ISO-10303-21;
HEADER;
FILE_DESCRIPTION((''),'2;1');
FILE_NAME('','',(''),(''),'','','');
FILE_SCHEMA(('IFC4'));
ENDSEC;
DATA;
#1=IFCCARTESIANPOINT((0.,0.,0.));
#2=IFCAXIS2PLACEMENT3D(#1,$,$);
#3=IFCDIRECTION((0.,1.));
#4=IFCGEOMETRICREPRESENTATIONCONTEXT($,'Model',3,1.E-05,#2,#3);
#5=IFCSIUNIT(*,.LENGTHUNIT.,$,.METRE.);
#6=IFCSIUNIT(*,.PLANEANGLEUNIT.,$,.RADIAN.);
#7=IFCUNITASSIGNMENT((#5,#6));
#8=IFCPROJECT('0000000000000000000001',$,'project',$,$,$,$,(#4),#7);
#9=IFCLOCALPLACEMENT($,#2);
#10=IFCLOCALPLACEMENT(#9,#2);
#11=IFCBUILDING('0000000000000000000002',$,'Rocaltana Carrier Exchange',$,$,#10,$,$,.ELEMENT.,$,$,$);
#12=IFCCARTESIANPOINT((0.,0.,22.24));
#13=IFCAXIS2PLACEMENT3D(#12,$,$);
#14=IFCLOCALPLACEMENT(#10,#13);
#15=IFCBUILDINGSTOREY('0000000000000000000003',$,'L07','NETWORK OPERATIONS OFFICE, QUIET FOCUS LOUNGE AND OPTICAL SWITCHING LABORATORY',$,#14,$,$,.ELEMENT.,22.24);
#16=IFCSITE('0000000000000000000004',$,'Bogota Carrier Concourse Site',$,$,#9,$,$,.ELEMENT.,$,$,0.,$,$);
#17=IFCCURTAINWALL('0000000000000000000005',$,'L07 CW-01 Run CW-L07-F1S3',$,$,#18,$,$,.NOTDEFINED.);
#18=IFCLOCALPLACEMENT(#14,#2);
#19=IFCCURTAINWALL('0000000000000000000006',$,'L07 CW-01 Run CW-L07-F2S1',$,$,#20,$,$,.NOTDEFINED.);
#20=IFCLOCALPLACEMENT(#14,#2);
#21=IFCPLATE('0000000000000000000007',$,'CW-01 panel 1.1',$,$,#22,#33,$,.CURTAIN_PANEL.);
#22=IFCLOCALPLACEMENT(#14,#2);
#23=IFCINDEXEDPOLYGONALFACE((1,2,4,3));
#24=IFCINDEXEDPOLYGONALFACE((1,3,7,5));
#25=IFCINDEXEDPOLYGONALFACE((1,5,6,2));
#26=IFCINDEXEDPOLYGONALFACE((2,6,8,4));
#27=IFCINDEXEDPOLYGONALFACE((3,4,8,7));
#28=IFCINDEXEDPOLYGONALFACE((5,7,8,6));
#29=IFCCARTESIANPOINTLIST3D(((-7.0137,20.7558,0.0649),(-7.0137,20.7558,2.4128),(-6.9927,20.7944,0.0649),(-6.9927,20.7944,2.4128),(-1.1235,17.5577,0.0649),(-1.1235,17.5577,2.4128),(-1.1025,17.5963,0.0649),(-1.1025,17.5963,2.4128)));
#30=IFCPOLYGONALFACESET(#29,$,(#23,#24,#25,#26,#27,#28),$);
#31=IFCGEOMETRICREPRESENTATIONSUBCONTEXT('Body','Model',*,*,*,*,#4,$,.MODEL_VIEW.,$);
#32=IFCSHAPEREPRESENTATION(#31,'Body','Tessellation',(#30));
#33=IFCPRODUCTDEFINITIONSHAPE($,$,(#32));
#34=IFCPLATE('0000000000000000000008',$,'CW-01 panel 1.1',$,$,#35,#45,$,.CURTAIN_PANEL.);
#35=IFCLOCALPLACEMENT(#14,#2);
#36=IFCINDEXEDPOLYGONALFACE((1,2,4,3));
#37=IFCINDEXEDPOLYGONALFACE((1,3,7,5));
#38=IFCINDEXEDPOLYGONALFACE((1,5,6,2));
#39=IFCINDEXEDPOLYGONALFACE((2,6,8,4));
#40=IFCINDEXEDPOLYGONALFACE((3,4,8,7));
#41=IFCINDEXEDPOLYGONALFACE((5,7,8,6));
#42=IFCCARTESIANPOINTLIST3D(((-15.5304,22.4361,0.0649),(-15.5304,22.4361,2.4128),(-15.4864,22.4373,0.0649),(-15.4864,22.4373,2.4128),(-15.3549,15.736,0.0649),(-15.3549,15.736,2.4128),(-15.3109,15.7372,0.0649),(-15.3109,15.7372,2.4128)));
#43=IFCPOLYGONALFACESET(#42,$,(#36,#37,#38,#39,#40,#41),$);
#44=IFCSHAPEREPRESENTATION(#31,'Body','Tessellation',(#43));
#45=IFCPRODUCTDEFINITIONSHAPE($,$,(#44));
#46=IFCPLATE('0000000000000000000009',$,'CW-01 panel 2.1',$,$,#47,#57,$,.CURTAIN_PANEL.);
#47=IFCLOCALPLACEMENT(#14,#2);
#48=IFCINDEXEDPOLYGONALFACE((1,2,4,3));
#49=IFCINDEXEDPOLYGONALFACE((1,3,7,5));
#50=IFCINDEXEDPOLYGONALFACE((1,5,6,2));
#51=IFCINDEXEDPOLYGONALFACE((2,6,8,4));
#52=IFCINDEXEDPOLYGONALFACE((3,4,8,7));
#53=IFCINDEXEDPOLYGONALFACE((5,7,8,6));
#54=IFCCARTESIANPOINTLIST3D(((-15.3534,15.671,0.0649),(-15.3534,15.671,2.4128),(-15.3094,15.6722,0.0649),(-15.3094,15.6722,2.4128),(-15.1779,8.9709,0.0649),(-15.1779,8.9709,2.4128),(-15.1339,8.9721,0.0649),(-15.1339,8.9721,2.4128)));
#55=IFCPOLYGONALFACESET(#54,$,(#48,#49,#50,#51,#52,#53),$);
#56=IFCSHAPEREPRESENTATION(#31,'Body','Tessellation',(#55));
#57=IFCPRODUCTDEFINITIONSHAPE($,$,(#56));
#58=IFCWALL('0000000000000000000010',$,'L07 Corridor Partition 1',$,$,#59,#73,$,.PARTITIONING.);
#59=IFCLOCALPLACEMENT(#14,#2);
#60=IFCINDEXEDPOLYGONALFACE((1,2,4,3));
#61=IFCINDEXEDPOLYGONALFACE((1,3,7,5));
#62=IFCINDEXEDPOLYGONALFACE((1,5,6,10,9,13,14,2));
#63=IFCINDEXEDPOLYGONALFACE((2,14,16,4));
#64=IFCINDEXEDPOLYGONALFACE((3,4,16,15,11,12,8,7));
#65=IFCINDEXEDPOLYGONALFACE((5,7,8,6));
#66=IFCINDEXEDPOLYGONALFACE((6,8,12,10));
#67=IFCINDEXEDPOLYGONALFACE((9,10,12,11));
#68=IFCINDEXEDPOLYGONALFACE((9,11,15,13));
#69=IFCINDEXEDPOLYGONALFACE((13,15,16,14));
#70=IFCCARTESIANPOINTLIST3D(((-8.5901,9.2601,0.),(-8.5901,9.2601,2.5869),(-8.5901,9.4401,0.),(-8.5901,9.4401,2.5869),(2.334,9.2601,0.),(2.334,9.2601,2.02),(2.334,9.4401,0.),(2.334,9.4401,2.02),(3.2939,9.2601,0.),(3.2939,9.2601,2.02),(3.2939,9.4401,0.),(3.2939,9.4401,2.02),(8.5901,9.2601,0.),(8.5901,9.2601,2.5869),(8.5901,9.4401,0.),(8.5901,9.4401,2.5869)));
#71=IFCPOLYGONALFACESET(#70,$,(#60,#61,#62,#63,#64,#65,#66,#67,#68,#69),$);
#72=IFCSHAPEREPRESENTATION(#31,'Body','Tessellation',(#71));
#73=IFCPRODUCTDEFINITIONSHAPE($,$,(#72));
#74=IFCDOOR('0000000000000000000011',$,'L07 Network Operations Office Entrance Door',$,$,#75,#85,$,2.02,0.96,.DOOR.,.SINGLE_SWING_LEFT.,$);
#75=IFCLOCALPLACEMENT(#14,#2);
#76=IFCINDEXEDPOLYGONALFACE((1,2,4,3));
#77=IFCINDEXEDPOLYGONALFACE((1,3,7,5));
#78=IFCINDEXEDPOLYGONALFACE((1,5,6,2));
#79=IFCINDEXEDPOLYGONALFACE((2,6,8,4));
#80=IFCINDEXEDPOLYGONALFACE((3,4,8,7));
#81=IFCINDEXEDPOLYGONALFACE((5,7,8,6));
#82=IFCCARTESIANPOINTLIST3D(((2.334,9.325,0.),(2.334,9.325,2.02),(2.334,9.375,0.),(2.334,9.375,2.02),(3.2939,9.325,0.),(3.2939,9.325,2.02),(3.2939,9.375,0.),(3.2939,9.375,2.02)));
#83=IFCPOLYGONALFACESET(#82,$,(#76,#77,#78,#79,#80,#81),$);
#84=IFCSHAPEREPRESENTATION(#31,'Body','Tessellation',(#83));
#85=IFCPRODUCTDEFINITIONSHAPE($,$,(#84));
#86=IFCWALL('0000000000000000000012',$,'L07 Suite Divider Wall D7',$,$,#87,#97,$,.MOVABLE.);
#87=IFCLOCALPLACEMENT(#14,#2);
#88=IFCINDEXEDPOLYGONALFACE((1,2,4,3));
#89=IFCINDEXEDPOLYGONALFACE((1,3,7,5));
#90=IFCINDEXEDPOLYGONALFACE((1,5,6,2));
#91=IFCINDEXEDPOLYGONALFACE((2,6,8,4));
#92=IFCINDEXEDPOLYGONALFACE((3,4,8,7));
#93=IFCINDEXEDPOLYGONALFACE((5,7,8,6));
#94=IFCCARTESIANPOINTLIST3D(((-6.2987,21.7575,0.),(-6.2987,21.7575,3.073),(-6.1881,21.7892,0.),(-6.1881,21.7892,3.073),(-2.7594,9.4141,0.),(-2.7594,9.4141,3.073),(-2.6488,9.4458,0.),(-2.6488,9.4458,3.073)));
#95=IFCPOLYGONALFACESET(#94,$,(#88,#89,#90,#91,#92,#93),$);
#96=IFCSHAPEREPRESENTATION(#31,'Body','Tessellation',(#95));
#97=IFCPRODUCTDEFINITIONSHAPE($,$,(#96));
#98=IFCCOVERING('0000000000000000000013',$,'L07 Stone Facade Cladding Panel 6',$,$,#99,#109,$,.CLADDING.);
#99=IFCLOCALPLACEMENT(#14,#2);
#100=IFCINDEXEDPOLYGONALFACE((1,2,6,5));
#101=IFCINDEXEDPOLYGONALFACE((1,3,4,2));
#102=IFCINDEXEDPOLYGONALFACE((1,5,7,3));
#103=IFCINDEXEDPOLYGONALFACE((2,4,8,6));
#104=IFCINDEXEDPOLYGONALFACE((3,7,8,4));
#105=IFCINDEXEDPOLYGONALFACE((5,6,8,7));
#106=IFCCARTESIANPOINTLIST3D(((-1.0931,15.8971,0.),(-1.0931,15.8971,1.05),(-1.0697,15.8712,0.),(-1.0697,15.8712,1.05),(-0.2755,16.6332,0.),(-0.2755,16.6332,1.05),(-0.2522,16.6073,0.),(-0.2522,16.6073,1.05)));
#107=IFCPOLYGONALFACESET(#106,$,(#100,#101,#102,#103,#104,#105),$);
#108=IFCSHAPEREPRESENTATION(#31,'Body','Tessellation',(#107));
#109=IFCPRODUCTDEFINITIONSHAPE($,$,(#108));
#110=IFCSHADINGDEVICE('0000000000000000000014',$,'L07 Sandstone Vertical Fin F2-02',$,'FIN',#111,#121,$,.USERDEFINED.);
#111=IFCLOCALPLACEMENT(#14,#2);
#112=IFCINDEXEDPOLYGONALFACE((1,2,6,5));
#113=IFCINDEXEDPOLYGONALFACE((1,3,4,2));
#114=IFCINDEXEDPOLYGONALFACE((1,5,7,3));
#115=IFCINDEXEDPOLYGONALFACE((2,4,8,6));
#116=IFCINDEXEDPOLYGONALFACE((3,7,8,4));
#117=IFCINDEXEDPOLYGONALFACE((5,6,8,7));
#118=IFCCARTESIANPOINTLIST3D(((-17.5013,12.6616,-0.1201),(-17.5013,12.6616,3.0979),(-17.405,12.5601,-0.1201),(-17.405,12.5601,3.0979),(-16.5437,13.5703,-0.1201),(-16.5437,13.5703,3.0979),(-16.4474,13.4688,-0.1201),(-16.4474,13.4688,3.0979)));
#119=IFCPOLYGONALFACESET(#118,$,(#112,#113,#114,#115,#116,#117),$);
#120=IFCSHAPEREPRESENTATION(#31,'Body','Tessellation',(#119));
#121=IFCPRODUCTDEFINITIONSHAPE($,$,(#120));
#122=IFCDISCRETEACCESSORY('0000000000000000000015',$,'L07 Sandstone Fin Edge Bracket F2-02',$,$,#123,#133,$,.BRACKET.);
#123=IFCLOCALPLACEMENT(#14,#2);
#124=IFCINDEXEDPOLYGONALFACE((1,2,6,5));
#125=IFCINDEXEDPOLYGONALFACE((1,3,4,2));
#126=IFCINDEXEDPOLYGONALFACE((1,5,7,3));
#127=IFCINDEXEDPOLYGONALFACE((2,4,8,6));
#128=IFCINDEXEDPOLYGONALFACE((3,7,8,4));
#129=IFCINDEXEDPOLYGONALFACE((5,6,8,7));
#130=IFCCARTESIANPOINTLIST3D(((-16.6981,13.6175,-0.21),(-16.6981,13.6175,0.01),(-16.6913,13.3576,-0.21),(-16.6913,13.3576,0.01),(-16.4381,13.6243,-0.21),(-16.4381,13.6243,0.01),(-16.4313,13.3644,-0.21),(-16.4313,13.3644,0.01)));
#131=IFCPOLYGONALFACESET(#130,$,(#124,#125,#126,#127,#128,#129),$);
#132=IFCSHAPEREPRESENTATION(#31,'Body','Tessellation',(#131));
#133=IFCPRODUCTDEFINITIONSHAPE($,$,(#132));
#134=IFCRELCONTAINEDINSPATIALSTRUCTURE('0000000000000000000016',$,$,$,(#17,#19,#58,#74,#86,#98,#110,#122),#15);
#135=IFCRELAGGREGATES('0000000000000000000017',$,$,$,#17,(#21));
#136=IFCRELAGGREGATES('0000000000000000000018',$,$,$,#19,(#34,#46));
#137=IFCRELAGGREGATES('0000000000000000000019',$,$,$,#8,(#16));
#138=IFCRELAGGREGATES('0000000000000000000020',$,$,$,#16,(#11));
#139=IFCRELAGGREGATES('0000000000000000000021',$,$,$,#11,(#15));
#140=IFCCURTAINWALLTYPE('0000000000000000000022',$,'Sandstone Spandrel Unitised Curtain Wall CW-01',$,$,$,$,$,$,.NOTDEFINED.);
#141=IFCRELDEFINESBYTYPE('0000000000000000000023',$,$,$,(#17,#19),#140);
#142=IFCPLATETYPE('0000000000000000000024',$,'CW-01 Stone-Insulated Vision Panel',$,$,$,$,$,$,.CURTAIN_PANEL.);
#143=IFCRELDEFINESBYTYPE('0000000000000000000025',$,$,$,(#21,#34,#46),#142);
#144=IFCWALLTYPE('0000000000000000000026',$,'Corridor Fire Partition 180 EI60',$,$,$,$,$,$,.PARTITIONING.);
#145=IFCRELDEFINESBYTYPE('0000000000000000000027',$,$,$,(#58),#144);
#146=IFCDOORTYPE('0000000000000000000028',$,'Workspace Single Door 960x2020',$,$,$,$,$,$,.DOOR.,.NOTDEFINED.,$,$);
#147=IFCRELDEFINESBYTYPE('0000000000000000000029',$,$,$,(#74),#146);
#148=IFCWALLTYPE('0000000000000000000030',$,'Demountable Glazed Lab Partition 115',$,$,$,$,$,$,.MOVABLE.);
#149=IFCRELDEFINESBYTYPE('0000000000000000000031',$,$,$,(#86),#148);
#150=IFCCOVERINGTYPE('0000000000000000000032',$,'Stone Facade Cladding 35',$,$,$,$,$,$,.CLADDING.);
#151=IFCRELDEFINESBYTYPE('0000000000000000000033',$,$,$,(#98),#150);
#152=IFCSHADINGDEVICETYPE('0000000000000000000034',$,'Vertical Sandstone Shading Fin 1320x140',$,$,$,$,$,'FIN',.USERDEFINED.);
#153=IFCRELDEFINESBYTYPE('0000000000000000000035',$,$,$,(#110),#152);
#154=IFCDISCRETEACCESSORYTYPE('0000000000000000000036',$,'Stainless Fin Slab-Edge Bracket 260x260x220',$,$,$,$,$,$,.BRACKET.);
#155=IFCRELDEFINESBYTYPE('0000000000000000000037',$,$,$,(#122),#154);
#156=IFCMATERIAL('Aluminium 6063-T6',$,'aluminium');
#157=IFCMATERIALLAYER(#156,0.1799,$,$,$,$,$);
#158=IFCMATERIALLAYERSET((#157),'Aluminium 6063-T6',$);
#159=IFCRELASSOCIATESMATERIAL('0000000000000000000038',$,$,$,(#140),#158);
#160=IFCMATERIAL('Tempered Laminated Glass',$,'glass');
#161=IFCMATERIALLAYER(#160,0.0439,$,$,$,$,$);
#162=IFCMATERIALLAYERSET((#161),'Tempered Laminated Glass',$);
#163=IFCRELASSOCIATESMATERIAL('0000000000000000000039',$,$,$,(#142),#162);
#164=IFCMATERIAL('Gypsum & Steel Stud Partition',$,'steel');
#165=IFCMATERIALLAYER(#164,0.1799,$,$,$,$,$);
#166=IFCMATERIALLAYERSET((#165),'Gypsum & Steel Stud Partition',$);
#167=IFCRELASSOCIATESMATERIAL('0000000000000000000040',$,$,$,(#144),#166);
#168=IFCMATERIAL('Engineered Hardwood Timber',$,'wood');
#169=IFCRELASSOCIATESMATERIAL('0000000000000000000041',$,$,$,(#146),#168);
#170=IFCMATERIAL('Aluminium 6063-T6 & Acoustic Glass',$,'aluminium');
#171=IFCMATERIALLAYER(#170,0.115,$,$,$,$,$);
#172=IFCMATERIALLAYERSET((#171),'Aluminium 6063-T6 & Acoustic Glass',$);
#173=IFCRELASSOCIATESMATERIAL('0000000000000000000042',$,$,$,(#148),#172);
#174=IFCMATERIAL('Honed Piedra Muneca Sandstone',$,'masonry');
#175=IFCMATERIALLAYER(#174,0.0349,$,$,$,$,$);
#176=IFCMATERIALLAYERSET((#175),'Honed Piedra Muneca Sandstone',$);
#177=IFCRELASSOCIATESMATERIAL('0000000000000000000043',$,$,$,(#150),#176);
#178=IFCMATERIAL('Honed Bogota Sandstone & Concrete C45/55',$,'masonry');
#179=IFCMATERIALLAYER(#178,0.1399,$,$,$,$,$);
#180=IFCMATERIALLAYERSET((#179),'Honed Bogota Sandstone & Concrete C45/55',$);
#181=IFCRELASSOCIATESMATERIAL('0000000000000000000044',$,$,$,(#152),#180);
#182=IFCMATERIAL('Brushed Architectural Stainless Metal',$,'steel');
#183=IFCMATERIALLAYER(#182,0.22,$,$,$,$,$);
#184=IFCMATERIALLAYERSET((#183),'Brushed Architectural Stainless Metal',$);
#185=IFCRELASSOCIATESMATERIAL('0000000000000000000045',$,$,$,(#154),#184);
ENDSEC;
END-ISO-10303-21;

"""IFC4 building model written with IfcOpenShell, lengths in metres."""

from ifc_helpers import new_model, si_unit, direction, frame, frame_2d, origin, origin_2d, place, context, subcontext, project, spatial, rectangle, extrude, material, layer, layer_set, type_object, element, fill, aggregate, save


model = new_model("IFC4")

# Units and contexts
model_context = context("Model", 3, precision=1e-05, world=origin(), true_north=direction((0.0, 1.0)))
body_context = subcontext(model_context, "Body", "Model", "MODEL_VIEW")
ifc_project = project(units=[si_unit("LENGTHUNIT", "METRE"), si_unit("PLANEANGLEUNIT", "RADIAN")], contexts=[model_context])

# Site, building, storey
site_placement = place(None, origin())
site = spatial("IfcSite", under=ifc_project, at=site_placement, Name="Bogota Carrier Concourse Site", CompositionType="ELEMENT", RefElevation=0.0)
building_placement = place(site_placement, origin())
building = spatial("IfcBuilding", under=site, at=building_placement, Name="Rocaltana Carrier Exchange", CompositionType="ELEMENT")
storey_placement = place(building_placement, frame((0.0, 0.0, 22.24)))
storey = spatial("IfcBuildingStorey", under=building, at=storey_placement, Name="L07", Description="NETWORK OPERATIONS OFFICE, QUIET FOCUS LOUNGE AND OPTICAL SWITCHING LABORATORY", CompositionType="ELEMENT", Elevation=22.24)

# Curtain wall
ifc_material_1 = material(Name="Aluminium 6063-T6", Category="aluminium")
ifc_layer_1 = layer(ifc_material_1, 0.1799)
ifc_layer_set_1 = layer_set([ifc_layer_1], Name="Aluminium 6063-T6")
curtain_wall_type = type_object("IfcCurtainWallType", Name="Sandstone Spandrel Unitised Curtain Wall CW-01", PredefinedType="NOTDEFINED", material=ifc_layer_set_1)
curtain_wall_1_placement = place(storey_placement, origin())
curtain_wall_1 = element("IfcCurtainWall", 1, at=curtain_wall_1_placement, inside=storey, type_object=curtain_wall_type, Name="L07 CW-01 Run CW-L07-F1S3", PredefinedType="NOTDEFINED")

# Curtain wall
curtain_wall_2_placement = place(storey_placement, origin())
curtain_wall_2 = element("IfcCurtainWall", 2, at=curtain_wall_2_placement, inside=storey, type_object=curtain_wall_type, Name="L07 CW-01 Run CW-L07-F2S1", PredefinedType="NOTDEFINED")

# Plates
ifc_material_2 = material(Name="Tempered Laminated Glass", Category="glass")
ifc_layer_2 = layer(ifc_material_2, 0.0439)
ifc_layer_set_2 = layer_set([ifc_layer_2], Name="Tempered Laminated Glass")
plate_type = type_object("IfcPlateType", Name="CW-01 Stone-Insulated Vision Panel", PredefinedType="CURTAIN_PANEL", material=ifc_layer_set_2)
plate_1_placement = place(storey_placement, frame((-4.0581, 19.176, 0.0649), z_axis=(0.0, 0.0, 1.0), x_axis=(-0.878819, 0.477156, 0.0)))
plate_1 = element("IfcPlate", 3, at=plate_1_placement, type_object=plate_type, Name="CW-01 panel 1.1", PredefinedType="CURTAIN_PANEL", context=body_context, shape_type="SweptSolid", body=[
    extrude(rectangle(XDim=6.7024, YDim=0.0439, at=origin_2d()), origin(), (0.0, 0.0, 1.0), 2.3479),
])
aggregate(curtain_wall_1, [plate_1])
plate_2_placement = place(storey_placement, frame((-15.4207, 19.0867, 0.0649), z_axis=(0.0, 0.0, 1.0), x_axis=(0.026184, -0.999657, 0.0)))
plate_2 = element("IfcPlate", 4, at=plate_2_placement, type_object=plate_type, Name="CW-01 panel 1.1", PredefinedType="CURTAIN_PANEL", context=body_context, shape_type="SweptSolid", body=[
    extrude(rectangle(XDim=6.7024, YDim=0.0439, at=origin_2d()), origin(), (0.0, 0.0, 1.0), 2.3479),
])
plate_3_placement = place(storey_placement, frame((-15.2437, 12.3215, 0.0649), z_axis=(0.0, 0.0, 1.0), x_axis=(0.026184, -0.999657, 0.0)))
plate_3 = element("IfcPlate", 5, at=plate_3_placement, type_object=plate_type, Name="CW-01 panel 2.1", PredefinedType="CURTAIN_PANEL", context=body_context, shape_type="SweptSolid", body=[
    extrude(rectangle(XDim=6.7024, YDim=0.0439, at=origin_2d()), origin(), (0.0, 0.0, 1.0), 2.3479),
])
aggregate(curtain_wall_2, [plate_2, plate_3])

# Wall, opening, door
ifc_material_3 = material(Name="Gypsum & Steel Stud Partition", Category="steel")
ifc_layer_3 = layer(ifc_material_3, 0.1799)
ifc_layer_set_3 = layer_set([ifc_layer_3], Name="Gypsum & Steel Stud Partition")
wall_type_1 = type_object("IfcWallType", Name="Corridor Fire Partition 180 EI60", PredefinedType="PARTITIONING", material=ifc_layer_set_3)
wall_1_placement = place(storey_placement, frame((-8.5901, 9.3501, 0.0), z_axis=(0.0, 0.0, 1.0), x_axis=(1.0, 0.0, 0.0)))
wall_1 = element("IfcWall", 6, at=wall_1_placement, inside=storey, type_object=wall_type_1, Name="L07 Corridor Partition 1", PredefinedType="PARTITIONING", context=body_context, shape_type="SweptSolid", body=[
    extrude(rectangle(XDim=17.1802, YDim=0.1799, at=frame_2d((8.5901, 0.0))), origin(), (0.0, 0.0, 1.0), 2.5869),
])
opening_placement = place(wall_1_placement, frame((10.9241, 0.0, 0.0)))
opening = element("IfcOpeningElement", 7, at=opening_placement, cuts=wall_1, PredefinedType="OPENING", context=body_context, shape_type="SweptSolid", body=[
    extrude(rectangle(XDim=0.96, YDim=2.02, at=frame_2d((0.48, 1.01))), frame((0.0, 0.0999, 0.0), z_axis=(0.0, -1.0, 0.0), x_axis=(1.0, 0.0, 0.0)), (0.0, 0.0, 1.0), 0.2),
])
ifc_material_4 = material(Name="Engineered Hardwood Timber", Category="wood")
door_type = type_object("IfcDoorType", Name="Workspace Single Door 960x2020", OperationType="NOTDEFINED", PredefinedType="DOOR", material=ifc_material_4)
door_placement = place(opening_placement, origin())
door = element("IfcDoor", 8, at=door_placement, inside=storey, type_object=door_type, Name="L07 Network Operations Office Entrance Door", OperationType="SINGLE_SWING_LEFT", OverallHeight=2.02, OverallWidth=0.96, PredefinedType="DOOR", context=body_context, shape_type="SweptSolid", body=[
    extrude(rectangle(XDim=0.96, YDim=2.02, at=frame_2d((0.48, 1.01))), frame((0.0, 0.0249, 0.0), z_axis=(0.0, -1.0, 0.0), x_axis=(1.0, 0.0, 0.0)), (0.0, 0.0, 1.0), 0.05),
])
fill(opening, door)

# Wall
ifc_material_5 = material(Name="Aluminium 6063-T6 & Acoustic Glass", Category="aluminium")
ifc_layer_4 = layer(ifc_material_5, 0.115)
ifc_layer_set_4 = layer_set([ifc_layer_4], Name="Aluminium 6063-T6 & Acoustic Glass")
wall_type_2 = type_object("IfcWallType", Name="Demountable Glazed Lab Partition 115", PredefinedType="MOVABLE", material=ifc_layer_set_4)
wall_2_placement = place(storey_placement, frame((-2.7041, 9.4299, 0.0), z_axis=(0.0, 0.0, 1.0), x_axis=(-0.275628, 0.961265, 0.0)))
element("IfcWall", 9, at=wall_2_placement, inside=storey, type_object=wall_type_2, Name="L07 Suite Divider Wall D7", PredefinedType="MOVABLE", context=body_context, shape_type="SweptSolid", body=[
    extrude(rectangle(XDim=12.8408, YDim=0.115, at=frame_2d((6.4204, 0.0))), origin(), (0.0, 0.0, 1.0), 3.073),
])

# Covering
ifc_material_6 = material(Name="Honed Piedra Muneca Sandstone", Category="masonry")
ifc_layer_5 = layer(ifc_material_6, 0.0349)
ifc_layer_set_5 = layer_set([ifc_layer_5], Name="Honed Piedra Muneca Sandstone")
covering_type = type_object("IfcCoveringType", Name="Stone Facade Cladding 35", PredefinedType="CLADDING", material=ifc_layer_set_5)
covering_placement = place(storey_placement, frame((-0.6726, 16.2522, 0.0), z_axis=(0.0, 0.0, 1.0), x_axis=(0.743145, 0.669131, 0.0)))
element("IfcCovering", 10, at=covering_placement, inside=storey, type_object=covering_type, Name="L07 Stone Facade Cladding Panel 6", PredefinedType="CLADDING", context=body_context, shape_type="SweptSolid", body=[
    extrude(rectangle(XDim=1.1001, YDim=0.0349, at=origin_2d()), origin(), (0.0, 0.0, 1.0), 1.05),
])

# Shading device
ifc_material_7 = material(Name="Honed Bogota Sandstone & Concrete C45/55", Category="masonry")
ifc_layer_6 = layer(ifc_material_7, 0.1399)
ifc_layer_set_6 = layer_set([ifc_layer_6], Name="Honed Bogota Sandstone & Concrete C45/55")
shading_device_type = type_object("IfcShadingDeviceType", Name="Vertical Sandstone Shading Fin 1320x140", ElementType="FIN", PredefinedType="USERDEFINED", material=ifc_layer_set_6)
shading_device_placement = place(storey_placement, frame((-16.9744, 13.0652, -0.1201), z_axis=(0.0, 0.0, 1.0), x_axis=(-0.725374, -0.688355, 0.0)))
element("IfcShadingDevice", 11, at=shading_device_placement, inside=storey, type_object=shading_device_type, Name="L07 Sandstone Vertical Fin F2-02", ObjectType="FIN", PredefinedType="USERDEFINED", context=body_context, shape_type="SweptSolid", body=[
    extrude(rectangle(XDim=1.3201, YDim=0.1399, at=origin_2d()), origin(), (0.0, 0.0, 1.0), 3.218),
])

# Discrete accessory
ifc_material_8 = material(Name="Brushed Architectural Stainless Metal", Category="steel")
ifc_layer_7 = layer(ifc_material_8, 0.22)
ifc_layer_set_7 = layer_set([ifc_layer_7], Name="Brushed Architectural Stainless Metal")
discrete_accessory_type = type_object("IfcDiscreteAccessoryType", Name="Stainless Fin Slab-Edge Bracket 260x260x220", PredefinedType="BRACKET", material=ifc_layer_set_7)
discrete_accessory_placement = place(storey_placement, frame((-16.5647, 13.491, -0.21), z_axis=(0.0, 0.0, 1.0), x_axis=(0.026177, -0.999657, 0.0)))
element("IfcDiscreteAccessory", 12, at=discrete_accessory_placement, inside=storey, type_object=discrete_accessory_type, Name="L07 Sandstone Fin Edge Bracket F2-02", PredefinedType="BRACKET", context=body_context, shape_type="SweptSolid", body=[
    extrude(rectangle(XDim=0.26, YDim=0.26, at=origin_2d()), origin(), (0.0, 0.0, 1.0), 0.22),
])

save(model, "model.ifc")
